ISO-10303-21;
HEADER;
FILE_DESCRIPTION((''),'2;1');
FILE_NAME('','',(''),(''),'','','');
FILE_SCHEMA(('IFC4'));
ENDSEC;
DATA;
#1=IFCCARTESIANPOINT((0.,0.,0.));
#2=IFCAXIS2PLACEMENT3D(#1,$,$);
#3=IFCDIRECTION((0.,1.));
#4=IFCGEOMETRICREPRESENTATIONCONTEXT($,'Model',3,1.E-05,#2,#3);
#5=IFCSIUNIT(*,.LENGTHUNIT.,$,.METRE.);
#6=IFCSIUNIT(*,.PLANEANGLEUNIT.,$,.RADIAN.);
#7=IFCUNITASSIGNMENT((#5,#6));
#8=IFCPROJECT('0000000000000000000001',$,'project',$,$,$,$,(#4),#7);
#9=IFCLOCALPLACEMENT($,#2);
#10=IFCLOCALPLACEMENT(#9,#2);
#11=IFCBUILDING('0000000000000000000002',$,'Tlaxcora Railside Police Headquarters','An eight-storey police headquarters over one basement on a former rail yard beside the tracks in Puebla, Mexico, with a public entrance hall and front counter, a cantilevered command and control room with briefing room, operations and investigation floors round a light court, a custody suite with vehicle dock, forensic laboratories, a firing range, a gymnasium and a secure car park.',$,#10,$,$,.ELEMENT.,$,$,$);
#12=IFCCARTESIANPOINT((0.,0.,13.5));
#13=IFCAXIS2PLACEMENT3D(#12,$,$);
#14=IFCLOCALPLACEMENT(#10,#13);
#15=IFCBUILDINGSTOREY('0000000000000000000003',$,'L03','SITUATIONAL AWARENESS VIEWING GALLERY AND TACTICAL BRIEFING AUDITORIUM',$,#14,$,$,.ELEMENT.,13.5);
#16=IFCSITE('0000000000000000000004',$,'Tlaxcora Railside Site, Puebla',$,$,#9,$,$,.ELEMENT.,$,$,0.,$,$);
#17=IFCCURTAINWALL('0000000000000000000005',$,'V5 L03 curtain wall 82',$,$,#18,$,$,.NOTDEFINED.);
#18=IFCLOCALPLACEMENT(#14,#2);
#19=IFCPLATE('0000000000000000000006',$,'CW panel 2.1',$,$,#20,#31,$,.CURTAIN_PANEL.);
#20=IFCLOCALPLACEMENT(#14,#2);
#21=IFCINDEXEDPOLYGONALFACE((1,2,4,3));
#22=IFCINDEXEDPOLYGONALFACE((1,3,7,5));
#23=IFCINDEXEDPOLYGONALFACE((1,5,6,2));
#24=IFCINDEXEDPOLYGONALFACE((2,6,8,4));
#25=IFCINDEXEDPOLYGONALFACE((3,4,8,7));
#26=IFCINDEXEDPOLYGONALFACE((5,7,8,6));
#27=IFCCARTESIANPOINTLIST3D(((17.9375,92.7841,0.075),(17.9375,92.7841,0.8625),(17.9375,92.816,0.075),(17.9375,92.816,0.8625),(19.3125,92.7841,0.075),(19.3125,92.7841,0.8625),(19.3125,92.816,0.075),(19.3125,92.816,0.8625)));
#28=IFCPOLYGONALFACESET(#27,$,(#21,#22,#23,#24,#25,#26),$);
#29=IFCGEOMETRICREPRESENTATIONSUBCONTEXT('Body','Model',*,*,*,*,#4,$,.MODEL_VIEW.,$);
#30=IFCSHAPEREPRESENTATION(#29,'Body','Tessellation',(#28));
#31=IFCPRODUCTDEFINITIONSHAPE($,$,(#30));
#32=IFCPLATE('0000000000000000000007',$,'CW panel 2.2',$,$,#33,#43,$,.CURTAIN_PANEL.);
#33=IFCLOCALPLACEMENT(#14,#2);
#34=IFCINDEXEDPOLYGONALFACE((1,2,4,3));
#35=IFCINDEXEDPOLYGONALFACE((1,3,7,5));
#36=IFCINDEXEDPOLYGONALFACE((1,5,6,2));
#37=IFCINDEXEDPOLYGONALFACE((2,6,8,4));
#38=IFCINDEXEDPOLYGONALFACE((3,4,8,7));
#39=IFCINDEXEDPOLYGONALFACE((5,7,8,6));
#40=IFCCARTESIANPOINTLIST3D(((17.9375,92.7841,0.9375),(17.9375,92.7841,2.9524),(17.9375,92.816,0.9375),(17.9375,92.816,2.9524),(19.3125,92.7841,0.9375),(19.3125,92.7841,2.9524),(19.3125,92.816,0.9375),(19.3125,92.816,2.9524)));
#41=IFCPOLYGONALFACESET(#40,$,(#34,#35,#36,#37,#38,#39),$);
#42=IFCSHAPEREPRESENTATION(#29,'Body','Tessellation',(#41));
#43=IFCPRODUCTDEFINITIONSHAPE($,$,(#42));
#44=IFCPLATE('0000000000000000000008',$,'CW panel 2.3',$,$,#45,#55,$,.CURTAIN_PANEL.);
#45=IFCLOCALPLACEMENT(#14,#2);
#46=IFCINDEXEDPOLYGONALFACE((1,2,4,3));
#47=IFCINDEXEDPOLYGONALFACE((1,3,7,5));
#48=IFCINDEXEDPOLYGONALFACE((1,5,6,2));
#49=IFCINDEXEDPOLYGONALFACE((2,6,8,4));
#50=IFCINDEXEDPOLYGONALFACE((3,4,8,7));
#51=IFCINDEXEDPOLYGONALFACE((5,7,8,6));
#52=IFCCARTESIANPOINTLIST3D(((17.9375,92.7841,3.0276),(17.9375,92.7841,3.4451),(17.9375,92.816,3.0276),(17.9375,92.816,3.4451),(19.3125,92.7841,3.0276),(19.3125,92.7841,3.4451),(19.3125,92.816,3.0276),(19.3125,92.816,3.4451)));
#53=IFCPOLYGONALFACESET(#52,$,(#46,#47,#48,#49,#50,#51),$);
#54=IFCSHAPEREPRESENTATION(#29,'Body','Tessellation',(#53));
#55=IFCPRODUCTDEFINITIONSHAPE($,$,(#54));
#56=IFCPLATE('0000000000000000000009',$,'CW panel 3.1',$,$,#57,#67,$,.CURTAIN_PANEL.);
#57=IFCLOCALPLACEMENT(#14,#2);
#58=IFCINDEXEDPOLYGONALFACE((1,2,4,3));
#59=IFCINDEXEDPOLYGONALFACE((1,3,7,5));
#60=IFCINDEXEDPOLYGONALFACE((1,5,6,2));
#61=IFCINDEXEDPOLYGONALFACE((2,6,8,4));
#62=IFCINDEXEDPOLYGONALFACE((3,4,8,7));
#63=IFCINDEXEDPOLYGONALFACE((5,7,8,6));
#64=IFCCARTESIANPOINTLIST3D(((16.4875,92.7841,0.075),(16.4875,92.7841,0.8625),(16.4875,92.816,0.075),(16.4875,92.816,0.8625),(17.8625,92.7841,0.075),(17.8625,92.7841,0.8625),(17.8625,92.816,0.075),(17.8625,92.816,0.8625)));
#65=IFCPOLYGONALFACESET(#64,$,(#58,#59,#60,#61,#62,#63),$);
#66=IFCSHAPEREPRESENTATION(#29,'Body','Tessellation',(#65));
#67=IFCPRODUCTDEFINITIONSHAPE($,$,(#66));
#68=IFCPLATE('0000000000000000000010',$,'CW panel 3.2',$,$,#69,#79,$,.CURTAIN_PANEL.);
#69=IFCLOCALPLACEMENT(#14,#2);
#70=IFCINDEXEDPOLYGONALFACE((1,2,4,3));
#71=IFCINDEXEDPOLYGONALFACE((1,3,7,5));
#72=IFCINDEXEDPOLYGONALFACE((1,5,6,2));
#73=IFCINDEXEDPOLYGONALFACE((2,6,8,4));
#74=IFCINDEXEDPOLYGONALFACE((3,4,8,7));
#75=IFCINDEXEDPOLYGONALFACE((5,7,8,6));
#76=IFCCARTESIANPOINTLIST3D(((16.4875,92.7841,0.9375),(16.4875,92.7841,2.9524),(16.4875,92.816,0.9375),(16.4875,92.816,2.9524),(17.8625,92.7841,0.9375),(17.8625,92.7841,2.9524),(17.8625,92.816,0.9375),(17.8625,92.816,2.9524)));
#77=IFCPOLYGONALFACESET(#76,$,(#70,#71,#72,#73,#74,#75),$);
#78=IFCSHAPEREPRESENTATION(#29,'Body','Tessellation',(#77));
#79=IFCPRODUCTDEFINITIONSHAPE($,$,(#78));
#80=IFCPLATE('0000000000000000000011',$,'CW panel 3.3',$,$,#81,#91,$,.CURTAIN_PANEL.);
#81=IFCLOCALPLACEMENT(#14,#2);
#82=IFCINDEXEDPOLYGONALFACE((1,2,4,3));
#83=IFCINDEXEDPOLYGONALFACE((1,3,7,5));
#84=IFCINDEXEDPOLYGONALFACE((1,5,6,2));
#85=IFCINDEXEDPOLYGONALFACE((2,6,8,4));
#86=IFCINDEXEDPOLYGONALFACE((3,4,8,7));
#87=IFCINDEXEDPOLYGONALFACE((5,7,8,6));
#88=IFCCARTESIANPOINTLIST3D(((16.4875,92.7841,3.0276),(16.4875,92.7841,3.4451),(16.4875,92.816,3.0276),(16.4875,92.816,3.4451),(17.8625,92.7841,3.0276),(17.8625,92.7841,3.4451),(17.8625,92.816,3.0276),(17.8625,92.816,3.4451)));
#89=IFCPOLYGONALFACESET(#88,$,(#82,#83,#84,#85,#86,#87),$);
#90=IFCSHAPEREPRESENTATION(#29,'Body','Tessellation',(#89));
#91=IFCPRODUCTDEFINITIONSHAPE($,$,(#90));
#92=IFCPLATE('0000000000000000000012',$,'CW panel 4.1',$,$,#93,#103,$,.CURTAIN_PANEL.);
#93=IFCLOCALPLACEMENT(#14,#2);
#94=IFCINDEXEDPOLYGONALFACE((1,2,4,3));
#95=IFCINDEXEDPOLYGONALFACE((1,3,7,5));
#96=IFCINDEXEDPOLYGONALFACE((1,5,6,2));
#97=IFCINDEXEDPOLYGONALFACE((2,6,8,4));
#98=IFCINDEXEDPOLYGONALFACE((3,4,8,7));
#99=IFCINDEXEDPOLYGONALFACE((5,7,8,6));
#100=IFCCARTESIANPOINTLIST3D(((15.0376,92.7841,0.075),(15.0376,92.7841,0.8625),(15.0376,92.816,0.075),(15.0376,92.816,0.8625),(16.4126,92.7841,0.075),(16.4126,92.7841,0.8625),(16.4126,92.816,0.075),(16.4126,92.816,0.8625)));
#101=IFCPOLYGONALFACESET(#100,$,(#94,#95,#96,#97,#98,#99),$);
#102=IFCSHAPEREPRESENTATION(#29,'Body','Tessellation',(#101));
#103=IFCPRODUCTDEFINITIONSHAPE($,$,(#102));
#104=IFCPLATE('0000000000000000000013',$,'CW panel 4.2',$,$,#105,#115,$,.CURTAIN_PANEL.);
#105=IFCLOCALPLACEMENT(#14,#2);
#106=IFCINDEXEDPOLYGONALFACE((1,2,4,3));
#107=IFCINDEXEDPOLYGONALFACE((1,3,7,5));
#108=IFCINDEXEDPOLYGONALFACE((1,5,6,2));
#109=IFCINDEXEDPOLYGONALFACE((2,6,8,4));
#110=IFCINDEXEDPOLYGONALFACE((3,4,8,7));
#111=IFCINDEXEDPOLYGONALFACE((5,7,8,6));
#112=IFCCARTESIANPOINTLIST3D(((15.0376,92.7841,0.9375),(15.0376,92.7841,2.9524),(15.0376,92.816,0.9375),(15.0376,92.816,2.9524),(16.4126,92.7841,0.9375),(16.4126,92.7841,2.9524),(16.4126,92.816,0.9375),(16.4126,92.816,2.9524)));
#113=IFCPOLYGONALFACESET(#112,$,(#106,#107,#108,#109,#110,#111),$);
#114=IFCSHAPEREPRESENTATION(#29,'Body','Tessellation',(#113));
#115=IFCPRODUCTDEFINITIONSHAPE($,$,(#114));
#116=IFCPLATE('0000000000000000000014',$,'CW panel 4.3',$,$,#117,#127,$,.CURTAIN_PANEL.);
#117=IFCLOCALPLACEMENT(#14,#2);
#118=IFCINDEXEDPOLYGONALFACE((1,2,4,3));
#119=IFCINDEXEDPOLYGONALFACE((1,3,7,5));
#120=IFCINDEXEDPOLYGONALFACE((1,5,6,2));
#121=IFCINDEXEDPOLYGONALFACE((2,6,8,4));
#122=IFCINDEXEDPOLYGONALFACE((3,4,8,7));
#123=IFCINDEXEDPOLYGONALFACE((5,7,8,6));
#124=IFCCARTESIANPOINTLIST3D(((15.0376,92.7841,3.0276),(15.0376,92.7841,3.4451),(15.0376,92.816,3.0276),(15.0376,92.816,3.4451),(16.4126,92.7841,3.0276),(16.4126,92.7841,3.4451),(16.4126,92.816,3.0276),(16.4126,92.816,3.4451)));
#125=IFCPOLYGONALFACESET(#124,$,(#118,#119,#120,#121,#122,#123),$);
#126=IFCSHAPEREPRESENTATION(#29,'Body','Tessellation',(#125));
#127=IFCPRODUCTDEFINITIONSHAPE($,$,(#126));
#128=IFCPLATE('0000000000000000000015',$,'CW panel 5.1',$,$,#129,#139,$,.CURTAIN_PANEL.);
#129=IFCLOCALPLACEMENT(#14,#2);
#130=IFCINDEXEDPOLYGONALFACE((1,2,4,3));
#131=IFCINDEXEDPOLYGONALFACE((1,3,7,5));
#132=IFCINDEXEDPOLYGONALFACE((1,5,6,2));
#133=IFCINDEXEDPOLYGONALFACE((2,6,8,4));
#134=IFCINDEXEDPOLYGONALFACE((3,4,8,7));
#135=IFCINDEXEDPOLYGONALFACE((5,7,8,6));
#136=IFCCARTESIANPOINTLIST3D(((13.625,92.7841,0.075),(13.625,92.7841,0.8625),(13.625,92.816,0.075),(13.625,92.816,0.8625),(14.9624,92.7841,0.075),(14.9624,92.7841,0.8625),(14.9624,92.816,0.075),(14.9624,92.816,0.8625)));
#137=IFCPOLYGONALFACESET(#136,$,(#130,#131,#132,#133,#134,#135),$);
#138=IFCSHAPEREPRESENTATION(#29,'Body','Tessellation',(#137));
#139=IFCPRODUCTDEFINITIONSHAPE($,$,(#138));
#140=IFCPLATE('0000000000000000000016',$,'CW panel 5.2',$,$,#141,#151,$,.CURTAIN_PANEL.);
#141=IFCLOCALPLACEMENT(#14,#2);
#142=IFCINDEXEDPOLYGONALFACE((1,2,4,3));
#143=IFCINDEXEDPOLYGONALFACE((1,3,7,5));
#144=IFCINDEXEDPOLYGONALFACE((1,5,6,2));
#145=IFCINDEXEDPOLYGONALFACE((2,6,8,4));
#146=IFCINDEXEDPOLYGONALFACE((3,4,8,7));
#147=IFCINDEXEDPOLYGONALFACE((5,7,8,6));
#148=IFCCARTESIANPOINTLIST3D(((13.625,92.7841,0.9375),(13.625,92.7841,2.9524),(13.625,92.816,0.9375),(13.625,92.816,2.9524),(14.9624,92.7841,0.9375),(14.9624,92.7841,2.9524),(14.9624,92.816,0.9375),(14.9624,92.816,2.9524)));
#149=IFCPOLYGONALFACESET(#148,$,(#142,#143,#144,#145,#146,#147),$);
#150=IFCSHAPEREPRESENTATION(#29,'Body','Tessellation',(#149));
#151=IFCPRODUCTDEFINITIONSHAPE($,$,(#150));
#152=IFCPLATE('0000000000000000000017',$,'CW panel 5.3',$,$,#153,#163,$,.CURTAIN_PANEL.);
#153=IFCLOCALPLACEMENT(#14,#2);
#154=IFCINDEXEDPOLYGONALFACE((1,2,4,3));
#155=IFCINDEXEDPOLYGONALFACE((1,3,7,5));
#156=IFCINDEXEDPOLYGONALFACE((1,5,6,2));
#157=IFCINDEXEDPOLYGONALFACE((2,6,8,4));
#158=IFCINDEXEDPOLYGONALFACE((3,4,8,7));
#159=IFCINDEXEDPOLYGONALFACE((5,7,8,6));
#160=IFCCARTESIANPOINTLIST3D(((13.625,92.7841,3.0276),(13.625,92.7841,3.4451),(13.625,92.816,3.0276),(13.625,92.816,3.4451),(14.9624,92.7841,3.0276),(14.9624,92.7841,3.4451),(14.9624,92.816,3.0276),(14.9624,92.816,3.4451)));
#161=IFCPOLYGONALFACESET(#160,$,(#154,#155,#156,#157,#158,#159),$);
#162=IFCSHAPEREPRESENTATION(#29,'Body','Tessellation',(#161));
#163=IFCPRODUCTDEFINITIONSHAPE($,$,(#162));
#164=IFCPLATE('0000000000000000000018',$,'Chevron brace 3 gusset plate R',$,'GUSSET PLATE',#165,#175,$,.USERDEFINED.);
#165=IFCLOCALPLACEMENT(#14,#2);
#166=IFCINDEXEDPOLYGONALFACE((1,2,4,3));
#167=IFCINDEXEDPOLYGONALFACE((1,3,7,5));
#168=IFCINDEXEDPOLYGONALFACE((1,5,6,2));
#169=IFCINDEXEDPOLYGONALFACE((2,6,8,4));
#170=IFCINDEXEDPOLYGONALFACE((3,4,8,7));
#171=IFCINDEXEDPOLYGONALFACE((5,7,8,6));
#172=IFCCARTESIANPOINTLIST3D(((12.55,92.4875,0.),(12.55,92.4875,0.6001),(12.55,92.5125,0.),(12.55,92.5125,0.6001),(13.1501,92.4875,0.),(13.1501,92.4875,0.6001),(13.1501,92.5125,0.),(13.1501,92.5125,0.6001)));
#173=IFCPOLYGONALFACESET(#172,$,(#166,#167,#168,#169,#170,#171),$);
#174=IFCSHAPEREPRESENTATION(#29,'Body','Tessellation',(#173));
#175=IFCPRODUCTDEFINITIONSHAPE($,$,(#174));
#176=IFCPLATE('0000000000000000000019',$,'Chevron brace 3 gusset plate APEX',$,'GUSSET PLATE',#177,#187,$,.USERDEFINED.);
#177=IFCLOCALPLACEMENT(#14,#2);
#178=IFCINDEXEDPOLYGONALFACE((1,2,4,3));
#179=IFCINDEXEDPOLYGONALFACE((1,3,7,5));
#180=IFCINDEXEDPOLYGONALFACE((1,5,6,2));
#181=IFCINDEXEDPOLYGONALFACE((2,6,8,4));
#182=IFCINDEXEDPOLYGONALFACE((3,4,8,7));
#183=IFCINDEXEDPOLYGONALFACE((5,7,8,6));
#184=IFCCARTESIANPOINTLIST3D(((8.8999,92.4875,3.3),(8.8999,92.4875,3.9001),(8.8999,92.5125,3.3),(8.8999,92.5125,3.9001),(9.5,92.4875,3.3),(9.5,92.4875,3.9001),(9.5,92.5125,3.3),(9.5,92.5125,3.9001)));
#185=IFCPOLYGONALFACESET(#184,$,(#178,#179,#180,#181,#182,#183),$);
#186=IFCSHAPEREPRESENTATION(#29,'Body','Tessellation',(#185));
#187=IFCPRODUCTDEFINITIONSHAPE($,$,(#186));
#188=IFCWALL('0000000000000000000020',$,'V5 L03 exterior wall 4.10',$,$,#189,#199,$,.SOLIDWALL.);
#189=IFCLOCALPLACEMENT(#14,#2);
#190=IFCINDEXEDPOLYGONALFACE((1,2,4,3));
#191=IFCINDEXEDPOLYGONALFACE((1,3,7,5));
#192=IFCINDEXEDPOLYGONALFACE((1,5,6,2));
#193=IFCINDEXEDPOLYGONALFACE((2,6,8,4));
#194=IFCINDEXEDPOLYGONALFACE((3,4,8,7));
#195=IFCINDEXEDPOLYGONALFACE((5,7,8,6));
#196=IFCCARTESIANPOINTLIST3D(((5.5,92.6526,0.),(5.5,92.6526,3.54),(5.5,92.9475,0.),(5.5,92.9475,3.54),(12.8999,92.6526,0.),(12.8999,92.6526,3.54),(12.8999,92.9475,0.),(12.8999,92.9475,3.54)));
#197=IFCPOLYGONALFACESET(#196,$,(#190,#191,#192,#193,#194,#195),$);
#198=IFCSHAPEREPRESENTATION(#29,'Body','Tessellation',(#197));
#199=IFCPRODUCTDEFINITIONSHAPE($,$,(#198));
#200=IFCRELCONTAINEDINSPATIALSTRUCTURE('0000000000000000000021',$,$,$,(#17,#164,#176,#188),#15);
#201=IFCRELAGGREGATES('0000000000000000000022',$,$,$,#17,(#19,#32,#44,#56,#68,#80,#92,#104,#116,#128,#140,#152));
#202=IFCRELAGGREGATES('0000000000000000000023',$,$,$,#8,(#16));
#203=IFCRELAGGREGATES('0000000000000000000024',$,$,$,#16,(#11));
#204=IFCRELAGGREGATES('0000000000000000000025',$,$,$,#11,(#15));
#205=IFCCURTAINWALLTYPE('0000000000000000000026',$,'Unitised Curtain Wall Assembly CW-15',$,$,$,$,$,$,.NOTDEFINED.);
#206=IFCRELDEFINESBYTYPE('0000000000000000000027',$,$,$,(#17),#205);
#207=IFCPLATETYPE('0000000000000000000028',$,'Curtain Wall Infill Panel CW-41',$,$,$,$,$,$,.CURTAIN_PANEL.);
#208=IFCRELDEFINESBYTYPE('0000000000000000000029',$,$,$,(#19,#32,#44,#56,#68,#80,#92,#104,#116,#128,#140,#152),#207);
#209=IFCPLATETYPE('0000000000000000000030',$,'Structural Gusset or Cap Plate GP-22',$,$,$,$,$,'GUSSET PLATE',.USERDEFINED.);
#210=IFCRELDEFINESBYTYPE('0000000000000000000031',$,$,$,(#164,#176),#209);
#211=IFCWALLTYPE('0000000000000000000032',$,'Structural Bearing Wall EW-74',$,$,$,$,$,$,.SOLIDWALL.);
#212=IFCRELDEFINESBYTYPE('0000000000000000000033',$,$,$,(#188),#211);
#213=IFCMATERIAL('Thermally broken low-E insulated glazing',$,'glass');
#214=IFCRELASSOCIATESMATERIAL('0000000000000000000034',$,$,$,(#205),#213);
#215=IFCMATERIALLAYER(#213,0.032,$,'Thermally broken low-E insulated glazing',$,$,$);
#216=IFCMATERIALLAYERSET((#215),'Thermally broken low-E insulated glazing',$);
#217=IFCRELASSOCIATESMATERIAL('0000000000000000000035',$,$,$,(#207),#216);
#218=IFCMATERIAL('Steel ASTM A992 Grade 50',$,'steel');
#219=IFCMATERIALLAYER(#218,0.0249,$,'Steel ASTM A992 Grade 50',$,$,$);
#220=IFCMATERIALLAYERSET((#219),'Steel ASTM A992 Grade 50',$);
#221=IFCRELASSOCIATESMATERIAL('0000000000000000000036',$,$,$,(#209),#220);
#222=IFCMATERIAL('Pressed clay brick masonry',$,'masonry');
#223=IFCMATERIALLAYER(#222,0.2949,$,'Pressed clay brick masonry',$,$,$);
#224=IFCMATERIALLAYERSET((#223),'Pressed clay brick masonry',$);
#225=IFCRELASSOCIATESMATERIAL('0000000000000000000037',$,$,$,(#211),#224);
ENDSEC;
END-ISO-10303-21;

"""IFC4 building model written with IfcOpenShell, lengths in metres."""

from ifc_helpers import new_model, si_unit, direction, frame, frame_2d, origin, origin_2d, place, context, subcontext, project, spatial, rectangle, extrude, material, layer, layer_set, type_object, element, aggregate, save


model = new_model("IFC4")

# Units and contexts
model_context = context("Model", 3, precision=1e-05, world=origin(), true_north=direction((0.0, 1.0)))
body_context = subcontext(model_context, "Body", "Model", "MODEL_VIEW")
ifc_project = project(units=[si_unit("LENGTHUNIT", "METRE"), si_unit("PLANEANGLEUNIT", "RADIAN")], contexts=[model_context])

# Site, building, storey
site_placement = place(None, origin())
site = spatial("IfcSite", under=ifc_project, at=site_placement, Name="Tlaxcora Railside Site, Puebla", CompositionType="ELEMENT", RefElevation=0.0)
building_placement = place(site_placement, origin())
building = spatial("IfcBuilding", under=site, at=building_placement, Name="Tlaxcora Railside Police Headquarters", Description="An eight-storey police headquarters over one basement on a former rail yard beside the tracks in Puebla, Mexico, with a public entrance hall and front counter, a cantilevered command and control room with briefing room, operations and investigation floors round a light court, a custody suite with vehicle dock, forensic laboratories, a firing range, a gymnasium and a secure car park.", CompositionType="ELEMENT")
storey_placement = place(building_placement, frame((0.0, 0.0, 13.5)))
storey = spatial("IfcBuildingStorey", under=building, at=storey_placement, Name="L03", Description="SITUATIONAL AWARENESS VIEWING GALLERY AND TACTICAL BRIEFING AUDITORIUM", CompositionType="ELEMENT", Elevation=13.5)

# Curtain wall
ifc_material_1 = material(Name="Thermally broken low-E insulated glazing", Category="glass")
curtain_wall_type = type_object("IfcCurtainWallType", Name="Unitised Curtain Wall Assembly CW-15", PredefinedType="NOTDEFINED", material=ifc_material_1)
curtain_wall_placement = place(storey_placement, origin())
curtain_wall = element("IfcCurtainWall", 1, at=curtain_wall_placement, inside=storey, type_object=curtain_wall_type, Name="V5 L03 curtain wall 82", PredefinedType="NOTDEFINED")

# Shared definitions
ifc_material_2 = material(Name="Steel ASTM A992 Grade 50", Category="steel")

# Plates
ifc_layer_1 = layer(ifc_material_1, 0.032, Name="Thermally broken low-E insulated glazing")
ifc_layer_set_1 = layer_set([ifc_layer_1], Name="Thermally broken low-E insulated glazing")
plate_type_1 = type_object("IfcPlateType", Name="Curtain Wall Infill Panel CW-41", PredefinedType="CURTAIN_PANEL", material=ifc_layer_set_1)
plate_1_placement = place(storey_placement, frame((18.625, 92.8, 0.075), z_axis=(0.0, 0.0, 1.0), x_axis=(-1.0, 0.0, 0.0)))
plate_1 = element("IfcPlate", 2, at=plate_1_placement, type_object=plate_type_1, Name="CW panel 2.1", PredefinedType="CURTAIN_PANEL", context=body_context, shape_type="SweptSolid", body=[
    extrude(rectangle(XDim=1.375, YDim=0.032, at=origin_2d()), origin(), (0.0, 0.0, 1.0), 0.7876),
])
plate_2_placement = place(storey_placement, frame((18.625, 92.8, 0.9375), z_axis=(0.0, 0.0, 1.0), x_axis=(-1.0, 0.0, 0.0)))
plate_2 = element("IfcPlate", 3, at=plate_2_placement, type_object=plate_type_1, Name="CW panel 2.2", PredefinedType="CURTAIN_PANEL", context=body_context, shape_type="SweptSolid", body=[
    extrude(rectangle(XDim=1.375, YDim=0.032, at=origin_2d()), origin(), (0.0, 0.0, 1.0), 2.0149),
])
plate_3_placement = place(storey_placement, frame((18.625, 92.8, 3.0276), z_axis=(0.0, 0.0, 1.0), x_axis=(-1.0, 0.0, 0.0)))
plate_3 = element("IfcPlate", 4, at=plate_3_placement, type_object=plate_type_1, Name="CW panel 2.3", PredefinedType="CURTAIN_PANEL", context=body_context, shape_type="SweptSolid", body=[
    extrude(rectangle(XDim=1.375, YDim=0.032, at=origin_2d()), origin(), (0.0, 0.0, 1.0), 0.4175),
])
plate_4_placement = place(storey_placement, frame((17.175, 92.8, 0.075), z_axis=(0.0, 0.0, 1.0), x_axis=(-1.0, 0.0, 0.0)))
plate_4 = element("IfcPlate", 5, at=plate_4_placement, type_object=plate_type_1, Name="CW panel 3.1", PredefinedType="CURTAIN_PANEL", context=body_context, shape_type="SweptSolid", body=[
    extrude(rectangle(XDim=1.375, YDim=0.032, at=origin_2d()), origin(), (0.0, 0.0, 1.0), 0.7876),
])
plate_5_placement = place(storey_placement, frame((17.175, 92.8, 0.9375), z_axis=(0.0, 0.0, 1.0), x_axis=(-1.0, 0.0, 0.0)))
plate_5 = element("IfcPlate", 6, at=plate_5_placement, type_object=plate_type_1, Name="CW panel 3.2", PredefinedType="CURTAIN_PANEL", context=body_context, shape_type="SweptSolid", body=[
    extrude(rectangle(XDim=1.375, YDim=0.032, at=origin_2d()), origin(), (0.0, 0.0, 1.0), 2.0149),
])
plate_6_placement = place(storey_placement, frame((17.175, 92.8, 3.0276), z_axis=(0.0, 0.0, 1.0), x_axis=(-1.0, 0.0, 0.0)))
plate_6 = element("IfcPlate", 7, at=plate_6_placement, type_object=plate_type_1, Name="CW panel 3.3", PredefinedType="CURTAIN_PANEL", context=body_context, shape_type="SweptSolid", body=[
    extrude(rectangle(XDim=1.375, YDim=0.032, at=origin_2d()), origin(), (0.0, 0.0, 1.0), 0.4175),
])
plate_7_placement = place(storey_placement, frame((15.7251, 92.8, 0.075), z_axis=(0.0, 0.0, 1.0), x_axis=(-1.0, 0.0, 0.0)))
plate_7 = element("IfcPlate", 8, at=plate_7_placement, type_object=plate_type_1, Name="CW panel 4.1", PredefinedType="CURTAIN_PANEL", context=body_context, shape_type="SweptSolid", body=[
    extrude(rectangle(XDim=1.375, YDim=0.032, at=origin_2d()), origin(), (0.0, 0.0, 1.0), 0.7876),
])
plate_8_placement = place(storey_placement, frame((15.7251, 92.8, 0.9375), z_axis=(0.0, 0.0, 1.0), x_axis=(-1.0, 0.0, 0.0)))
plate_8 = element("IfcPlate", 9, at=plate_8_placement, type_object=plate_type_1, Name="CW panel 4.2", PredefinedType="CURTAIN_PANEL", context=body_context, shape_type="SweptSolid", body=[
    extrude(rectangle(XDim=1.375, YDim=0.032, at=origin_2d()), origin(), (0.0, 0.0, 1.0), 2.0149),
])
plate_9_placement = place(storey_placement, frame((15.7251, 92.8, 3.0276), z_axis=(0.0, 0.0, 1.0), x_axis=(-1.0, 0.0, 0.0)))
plate_9 = element("IfcPlate", 10, at=plate_9_placement, type_object=plate_type_1, Name="CW panel 4.3", PredefinedType="CURTAIN_PANEL", context=body_context, shape_type="SweptSolid", body=[
    extrude(rectangle(XDim=1.375, YDim=0.032, at=origin_2d()), origin(), (0.0, 0.0, 1.0), 0.4175),
])
plate_10_placement = place(storey_placement, frame((14.2937, 92.8, 0.075), z_axis=(0.0, 0.0, 1.0), x_axis=(-1.0, 0.0, 0.0)))
plate_10 = element("IfcPlate", 11, at=plate_10_placement, type_object=plate_type_1, Name="CW panel 5.1", PredefinedType="CURTAIN_PANEL", context=body_context, shape_type="SweptSolid", body=[
    extrude(rectangle(XDim=1.3374, YDim=0.032, at=origin_2d()), origin(), (0.0, 0.0, 1.0), 0.7876),
])
plate_11_placement = place(storey_placement, frame((14.2937, 92.8, 0.9375), z_axis=(0.0, 0.0, 1.0), x_axis=(-1.0, 0.0, 0.0)))
plate_11 = element("IfcPlate", 12, at=plate_11_placement, type_object=plate_type_1, Name="CW panel 5.2", PredefinedType="CURTAIN_PANEL", context=body_context, shape_type="SweptSolid", body=[
    extrude(rectangle(XDim=1.3374, YDim=0.032, at=origin_2d()), origin(), (0.0, 0.0, 1.0), 2.0149),
])
plate_12_placement = place(storey_placement, frame((14.2937, 92.8, 3.0276), z_axis=(0.0, 0.0, 1.0), x_axis=(-1.0, 0.0, 0.0)))
plate_12 = element("IfcPlate", 13, at=plate_12_placement, type_object=plate_type_1, Name="CW panel 5.3", PredefinedType="CURTAIN_PANEL", context=body_context, shape_type="SweptSolid", body=[
    extrude(rectangle(XDim=1.3374, YDim=0.032, at=origin_2d()), origin(), (0.0, 0.0, 1.0), 0.4175),
])
aggregate(curtain_wall, [plate_1, plate_2, plate_3, plate_4, plate_5, plate_6, plate_7, plate_8, plate_9, plate_10, plate_11, plate_12])

# Plates
ifc_layer_2 = layer(ifc_material_2, 0.0249, Name="Steel ASTM A992 Grade 50")
ifc_layer_set_2 = layer_set([ifc_layer_2], Name="Steel ASTM A992 Grade 50")
plate_type_2 = type_object("IfcPlateType", Name="Structural Gusset or Cap Plate GP-22", ElementType="GUSSET PLATE", PredefinedType="USERDEFINED", material=ifc_layer_set_2)
for number, where, z_axis, x_axis, name in (
    (14, (12.8501, 92.5, 0.0), (0.0, 0.0, 1.0), (1.0, 0.0, 0.0), "Chevron brace 3 gusset plate R"),
    (15, (9.2, 92.5, 3.3), (0.0, 0.0, 1.0), (1.0, 0.0, 0.0), "Chevron brace 3 gusset plate APEX"),
):
    element("IfcPlate", number, at=place(storey_placement, frame(where, z_axis=z_axis, x_axis=x_axis)), inside=storey, type_object=plate_type_2, Name=name, ObjectType="GUSSET PLATE", PredefinedType="USERDEFINED", context=body_context, shape_type="SweptSolid", body=[
        extrude(rectangle(XDim=0.6001, YDim=0.0249, at=origin_2d()), origin(), (0.0, 0.0, 1.0), 0.6001),
    ])

# Wall
ifc_material_3 = material(Name="Pressed clay brick masonry", Category="masonry")
ifc_layer_3 = layer(ifc_material_3, 0.2949, Name="Pressed clay brick masonry")
ifc_layer_set_3 = layer_set([ifc_layer_3], Name="Pressed clay brick masonry")
wall_type = type_object("IfcWallType", Name="Structural Bearing Wall EW-74", PredefinedType="SOLIDWALL", material=ifc_layer_set_3)
wall_placement = place(storey_placement, frame((12.8999, 92.8, 0.0), z_axis=(0.0, 0.0, 1.0), x_axis=(-1.0, 0.0, 0.0)))
element("IfcWall", 16, at=wall_placement, inside=storey, type_object=wall_type, Name="V5 L03 exterior wall 4.10", PredefinedType="SOLIDWALL", context=body_context, shape_type="SweptSolid", body=[
    extrude(rectangle(XDim=7.3999, YDim=0.2949, at=frame_2d((3.7, 0.0))), origin(), (0.0, 0.0, 1.0), 3.54),
])

save(model, "model.ifc")
